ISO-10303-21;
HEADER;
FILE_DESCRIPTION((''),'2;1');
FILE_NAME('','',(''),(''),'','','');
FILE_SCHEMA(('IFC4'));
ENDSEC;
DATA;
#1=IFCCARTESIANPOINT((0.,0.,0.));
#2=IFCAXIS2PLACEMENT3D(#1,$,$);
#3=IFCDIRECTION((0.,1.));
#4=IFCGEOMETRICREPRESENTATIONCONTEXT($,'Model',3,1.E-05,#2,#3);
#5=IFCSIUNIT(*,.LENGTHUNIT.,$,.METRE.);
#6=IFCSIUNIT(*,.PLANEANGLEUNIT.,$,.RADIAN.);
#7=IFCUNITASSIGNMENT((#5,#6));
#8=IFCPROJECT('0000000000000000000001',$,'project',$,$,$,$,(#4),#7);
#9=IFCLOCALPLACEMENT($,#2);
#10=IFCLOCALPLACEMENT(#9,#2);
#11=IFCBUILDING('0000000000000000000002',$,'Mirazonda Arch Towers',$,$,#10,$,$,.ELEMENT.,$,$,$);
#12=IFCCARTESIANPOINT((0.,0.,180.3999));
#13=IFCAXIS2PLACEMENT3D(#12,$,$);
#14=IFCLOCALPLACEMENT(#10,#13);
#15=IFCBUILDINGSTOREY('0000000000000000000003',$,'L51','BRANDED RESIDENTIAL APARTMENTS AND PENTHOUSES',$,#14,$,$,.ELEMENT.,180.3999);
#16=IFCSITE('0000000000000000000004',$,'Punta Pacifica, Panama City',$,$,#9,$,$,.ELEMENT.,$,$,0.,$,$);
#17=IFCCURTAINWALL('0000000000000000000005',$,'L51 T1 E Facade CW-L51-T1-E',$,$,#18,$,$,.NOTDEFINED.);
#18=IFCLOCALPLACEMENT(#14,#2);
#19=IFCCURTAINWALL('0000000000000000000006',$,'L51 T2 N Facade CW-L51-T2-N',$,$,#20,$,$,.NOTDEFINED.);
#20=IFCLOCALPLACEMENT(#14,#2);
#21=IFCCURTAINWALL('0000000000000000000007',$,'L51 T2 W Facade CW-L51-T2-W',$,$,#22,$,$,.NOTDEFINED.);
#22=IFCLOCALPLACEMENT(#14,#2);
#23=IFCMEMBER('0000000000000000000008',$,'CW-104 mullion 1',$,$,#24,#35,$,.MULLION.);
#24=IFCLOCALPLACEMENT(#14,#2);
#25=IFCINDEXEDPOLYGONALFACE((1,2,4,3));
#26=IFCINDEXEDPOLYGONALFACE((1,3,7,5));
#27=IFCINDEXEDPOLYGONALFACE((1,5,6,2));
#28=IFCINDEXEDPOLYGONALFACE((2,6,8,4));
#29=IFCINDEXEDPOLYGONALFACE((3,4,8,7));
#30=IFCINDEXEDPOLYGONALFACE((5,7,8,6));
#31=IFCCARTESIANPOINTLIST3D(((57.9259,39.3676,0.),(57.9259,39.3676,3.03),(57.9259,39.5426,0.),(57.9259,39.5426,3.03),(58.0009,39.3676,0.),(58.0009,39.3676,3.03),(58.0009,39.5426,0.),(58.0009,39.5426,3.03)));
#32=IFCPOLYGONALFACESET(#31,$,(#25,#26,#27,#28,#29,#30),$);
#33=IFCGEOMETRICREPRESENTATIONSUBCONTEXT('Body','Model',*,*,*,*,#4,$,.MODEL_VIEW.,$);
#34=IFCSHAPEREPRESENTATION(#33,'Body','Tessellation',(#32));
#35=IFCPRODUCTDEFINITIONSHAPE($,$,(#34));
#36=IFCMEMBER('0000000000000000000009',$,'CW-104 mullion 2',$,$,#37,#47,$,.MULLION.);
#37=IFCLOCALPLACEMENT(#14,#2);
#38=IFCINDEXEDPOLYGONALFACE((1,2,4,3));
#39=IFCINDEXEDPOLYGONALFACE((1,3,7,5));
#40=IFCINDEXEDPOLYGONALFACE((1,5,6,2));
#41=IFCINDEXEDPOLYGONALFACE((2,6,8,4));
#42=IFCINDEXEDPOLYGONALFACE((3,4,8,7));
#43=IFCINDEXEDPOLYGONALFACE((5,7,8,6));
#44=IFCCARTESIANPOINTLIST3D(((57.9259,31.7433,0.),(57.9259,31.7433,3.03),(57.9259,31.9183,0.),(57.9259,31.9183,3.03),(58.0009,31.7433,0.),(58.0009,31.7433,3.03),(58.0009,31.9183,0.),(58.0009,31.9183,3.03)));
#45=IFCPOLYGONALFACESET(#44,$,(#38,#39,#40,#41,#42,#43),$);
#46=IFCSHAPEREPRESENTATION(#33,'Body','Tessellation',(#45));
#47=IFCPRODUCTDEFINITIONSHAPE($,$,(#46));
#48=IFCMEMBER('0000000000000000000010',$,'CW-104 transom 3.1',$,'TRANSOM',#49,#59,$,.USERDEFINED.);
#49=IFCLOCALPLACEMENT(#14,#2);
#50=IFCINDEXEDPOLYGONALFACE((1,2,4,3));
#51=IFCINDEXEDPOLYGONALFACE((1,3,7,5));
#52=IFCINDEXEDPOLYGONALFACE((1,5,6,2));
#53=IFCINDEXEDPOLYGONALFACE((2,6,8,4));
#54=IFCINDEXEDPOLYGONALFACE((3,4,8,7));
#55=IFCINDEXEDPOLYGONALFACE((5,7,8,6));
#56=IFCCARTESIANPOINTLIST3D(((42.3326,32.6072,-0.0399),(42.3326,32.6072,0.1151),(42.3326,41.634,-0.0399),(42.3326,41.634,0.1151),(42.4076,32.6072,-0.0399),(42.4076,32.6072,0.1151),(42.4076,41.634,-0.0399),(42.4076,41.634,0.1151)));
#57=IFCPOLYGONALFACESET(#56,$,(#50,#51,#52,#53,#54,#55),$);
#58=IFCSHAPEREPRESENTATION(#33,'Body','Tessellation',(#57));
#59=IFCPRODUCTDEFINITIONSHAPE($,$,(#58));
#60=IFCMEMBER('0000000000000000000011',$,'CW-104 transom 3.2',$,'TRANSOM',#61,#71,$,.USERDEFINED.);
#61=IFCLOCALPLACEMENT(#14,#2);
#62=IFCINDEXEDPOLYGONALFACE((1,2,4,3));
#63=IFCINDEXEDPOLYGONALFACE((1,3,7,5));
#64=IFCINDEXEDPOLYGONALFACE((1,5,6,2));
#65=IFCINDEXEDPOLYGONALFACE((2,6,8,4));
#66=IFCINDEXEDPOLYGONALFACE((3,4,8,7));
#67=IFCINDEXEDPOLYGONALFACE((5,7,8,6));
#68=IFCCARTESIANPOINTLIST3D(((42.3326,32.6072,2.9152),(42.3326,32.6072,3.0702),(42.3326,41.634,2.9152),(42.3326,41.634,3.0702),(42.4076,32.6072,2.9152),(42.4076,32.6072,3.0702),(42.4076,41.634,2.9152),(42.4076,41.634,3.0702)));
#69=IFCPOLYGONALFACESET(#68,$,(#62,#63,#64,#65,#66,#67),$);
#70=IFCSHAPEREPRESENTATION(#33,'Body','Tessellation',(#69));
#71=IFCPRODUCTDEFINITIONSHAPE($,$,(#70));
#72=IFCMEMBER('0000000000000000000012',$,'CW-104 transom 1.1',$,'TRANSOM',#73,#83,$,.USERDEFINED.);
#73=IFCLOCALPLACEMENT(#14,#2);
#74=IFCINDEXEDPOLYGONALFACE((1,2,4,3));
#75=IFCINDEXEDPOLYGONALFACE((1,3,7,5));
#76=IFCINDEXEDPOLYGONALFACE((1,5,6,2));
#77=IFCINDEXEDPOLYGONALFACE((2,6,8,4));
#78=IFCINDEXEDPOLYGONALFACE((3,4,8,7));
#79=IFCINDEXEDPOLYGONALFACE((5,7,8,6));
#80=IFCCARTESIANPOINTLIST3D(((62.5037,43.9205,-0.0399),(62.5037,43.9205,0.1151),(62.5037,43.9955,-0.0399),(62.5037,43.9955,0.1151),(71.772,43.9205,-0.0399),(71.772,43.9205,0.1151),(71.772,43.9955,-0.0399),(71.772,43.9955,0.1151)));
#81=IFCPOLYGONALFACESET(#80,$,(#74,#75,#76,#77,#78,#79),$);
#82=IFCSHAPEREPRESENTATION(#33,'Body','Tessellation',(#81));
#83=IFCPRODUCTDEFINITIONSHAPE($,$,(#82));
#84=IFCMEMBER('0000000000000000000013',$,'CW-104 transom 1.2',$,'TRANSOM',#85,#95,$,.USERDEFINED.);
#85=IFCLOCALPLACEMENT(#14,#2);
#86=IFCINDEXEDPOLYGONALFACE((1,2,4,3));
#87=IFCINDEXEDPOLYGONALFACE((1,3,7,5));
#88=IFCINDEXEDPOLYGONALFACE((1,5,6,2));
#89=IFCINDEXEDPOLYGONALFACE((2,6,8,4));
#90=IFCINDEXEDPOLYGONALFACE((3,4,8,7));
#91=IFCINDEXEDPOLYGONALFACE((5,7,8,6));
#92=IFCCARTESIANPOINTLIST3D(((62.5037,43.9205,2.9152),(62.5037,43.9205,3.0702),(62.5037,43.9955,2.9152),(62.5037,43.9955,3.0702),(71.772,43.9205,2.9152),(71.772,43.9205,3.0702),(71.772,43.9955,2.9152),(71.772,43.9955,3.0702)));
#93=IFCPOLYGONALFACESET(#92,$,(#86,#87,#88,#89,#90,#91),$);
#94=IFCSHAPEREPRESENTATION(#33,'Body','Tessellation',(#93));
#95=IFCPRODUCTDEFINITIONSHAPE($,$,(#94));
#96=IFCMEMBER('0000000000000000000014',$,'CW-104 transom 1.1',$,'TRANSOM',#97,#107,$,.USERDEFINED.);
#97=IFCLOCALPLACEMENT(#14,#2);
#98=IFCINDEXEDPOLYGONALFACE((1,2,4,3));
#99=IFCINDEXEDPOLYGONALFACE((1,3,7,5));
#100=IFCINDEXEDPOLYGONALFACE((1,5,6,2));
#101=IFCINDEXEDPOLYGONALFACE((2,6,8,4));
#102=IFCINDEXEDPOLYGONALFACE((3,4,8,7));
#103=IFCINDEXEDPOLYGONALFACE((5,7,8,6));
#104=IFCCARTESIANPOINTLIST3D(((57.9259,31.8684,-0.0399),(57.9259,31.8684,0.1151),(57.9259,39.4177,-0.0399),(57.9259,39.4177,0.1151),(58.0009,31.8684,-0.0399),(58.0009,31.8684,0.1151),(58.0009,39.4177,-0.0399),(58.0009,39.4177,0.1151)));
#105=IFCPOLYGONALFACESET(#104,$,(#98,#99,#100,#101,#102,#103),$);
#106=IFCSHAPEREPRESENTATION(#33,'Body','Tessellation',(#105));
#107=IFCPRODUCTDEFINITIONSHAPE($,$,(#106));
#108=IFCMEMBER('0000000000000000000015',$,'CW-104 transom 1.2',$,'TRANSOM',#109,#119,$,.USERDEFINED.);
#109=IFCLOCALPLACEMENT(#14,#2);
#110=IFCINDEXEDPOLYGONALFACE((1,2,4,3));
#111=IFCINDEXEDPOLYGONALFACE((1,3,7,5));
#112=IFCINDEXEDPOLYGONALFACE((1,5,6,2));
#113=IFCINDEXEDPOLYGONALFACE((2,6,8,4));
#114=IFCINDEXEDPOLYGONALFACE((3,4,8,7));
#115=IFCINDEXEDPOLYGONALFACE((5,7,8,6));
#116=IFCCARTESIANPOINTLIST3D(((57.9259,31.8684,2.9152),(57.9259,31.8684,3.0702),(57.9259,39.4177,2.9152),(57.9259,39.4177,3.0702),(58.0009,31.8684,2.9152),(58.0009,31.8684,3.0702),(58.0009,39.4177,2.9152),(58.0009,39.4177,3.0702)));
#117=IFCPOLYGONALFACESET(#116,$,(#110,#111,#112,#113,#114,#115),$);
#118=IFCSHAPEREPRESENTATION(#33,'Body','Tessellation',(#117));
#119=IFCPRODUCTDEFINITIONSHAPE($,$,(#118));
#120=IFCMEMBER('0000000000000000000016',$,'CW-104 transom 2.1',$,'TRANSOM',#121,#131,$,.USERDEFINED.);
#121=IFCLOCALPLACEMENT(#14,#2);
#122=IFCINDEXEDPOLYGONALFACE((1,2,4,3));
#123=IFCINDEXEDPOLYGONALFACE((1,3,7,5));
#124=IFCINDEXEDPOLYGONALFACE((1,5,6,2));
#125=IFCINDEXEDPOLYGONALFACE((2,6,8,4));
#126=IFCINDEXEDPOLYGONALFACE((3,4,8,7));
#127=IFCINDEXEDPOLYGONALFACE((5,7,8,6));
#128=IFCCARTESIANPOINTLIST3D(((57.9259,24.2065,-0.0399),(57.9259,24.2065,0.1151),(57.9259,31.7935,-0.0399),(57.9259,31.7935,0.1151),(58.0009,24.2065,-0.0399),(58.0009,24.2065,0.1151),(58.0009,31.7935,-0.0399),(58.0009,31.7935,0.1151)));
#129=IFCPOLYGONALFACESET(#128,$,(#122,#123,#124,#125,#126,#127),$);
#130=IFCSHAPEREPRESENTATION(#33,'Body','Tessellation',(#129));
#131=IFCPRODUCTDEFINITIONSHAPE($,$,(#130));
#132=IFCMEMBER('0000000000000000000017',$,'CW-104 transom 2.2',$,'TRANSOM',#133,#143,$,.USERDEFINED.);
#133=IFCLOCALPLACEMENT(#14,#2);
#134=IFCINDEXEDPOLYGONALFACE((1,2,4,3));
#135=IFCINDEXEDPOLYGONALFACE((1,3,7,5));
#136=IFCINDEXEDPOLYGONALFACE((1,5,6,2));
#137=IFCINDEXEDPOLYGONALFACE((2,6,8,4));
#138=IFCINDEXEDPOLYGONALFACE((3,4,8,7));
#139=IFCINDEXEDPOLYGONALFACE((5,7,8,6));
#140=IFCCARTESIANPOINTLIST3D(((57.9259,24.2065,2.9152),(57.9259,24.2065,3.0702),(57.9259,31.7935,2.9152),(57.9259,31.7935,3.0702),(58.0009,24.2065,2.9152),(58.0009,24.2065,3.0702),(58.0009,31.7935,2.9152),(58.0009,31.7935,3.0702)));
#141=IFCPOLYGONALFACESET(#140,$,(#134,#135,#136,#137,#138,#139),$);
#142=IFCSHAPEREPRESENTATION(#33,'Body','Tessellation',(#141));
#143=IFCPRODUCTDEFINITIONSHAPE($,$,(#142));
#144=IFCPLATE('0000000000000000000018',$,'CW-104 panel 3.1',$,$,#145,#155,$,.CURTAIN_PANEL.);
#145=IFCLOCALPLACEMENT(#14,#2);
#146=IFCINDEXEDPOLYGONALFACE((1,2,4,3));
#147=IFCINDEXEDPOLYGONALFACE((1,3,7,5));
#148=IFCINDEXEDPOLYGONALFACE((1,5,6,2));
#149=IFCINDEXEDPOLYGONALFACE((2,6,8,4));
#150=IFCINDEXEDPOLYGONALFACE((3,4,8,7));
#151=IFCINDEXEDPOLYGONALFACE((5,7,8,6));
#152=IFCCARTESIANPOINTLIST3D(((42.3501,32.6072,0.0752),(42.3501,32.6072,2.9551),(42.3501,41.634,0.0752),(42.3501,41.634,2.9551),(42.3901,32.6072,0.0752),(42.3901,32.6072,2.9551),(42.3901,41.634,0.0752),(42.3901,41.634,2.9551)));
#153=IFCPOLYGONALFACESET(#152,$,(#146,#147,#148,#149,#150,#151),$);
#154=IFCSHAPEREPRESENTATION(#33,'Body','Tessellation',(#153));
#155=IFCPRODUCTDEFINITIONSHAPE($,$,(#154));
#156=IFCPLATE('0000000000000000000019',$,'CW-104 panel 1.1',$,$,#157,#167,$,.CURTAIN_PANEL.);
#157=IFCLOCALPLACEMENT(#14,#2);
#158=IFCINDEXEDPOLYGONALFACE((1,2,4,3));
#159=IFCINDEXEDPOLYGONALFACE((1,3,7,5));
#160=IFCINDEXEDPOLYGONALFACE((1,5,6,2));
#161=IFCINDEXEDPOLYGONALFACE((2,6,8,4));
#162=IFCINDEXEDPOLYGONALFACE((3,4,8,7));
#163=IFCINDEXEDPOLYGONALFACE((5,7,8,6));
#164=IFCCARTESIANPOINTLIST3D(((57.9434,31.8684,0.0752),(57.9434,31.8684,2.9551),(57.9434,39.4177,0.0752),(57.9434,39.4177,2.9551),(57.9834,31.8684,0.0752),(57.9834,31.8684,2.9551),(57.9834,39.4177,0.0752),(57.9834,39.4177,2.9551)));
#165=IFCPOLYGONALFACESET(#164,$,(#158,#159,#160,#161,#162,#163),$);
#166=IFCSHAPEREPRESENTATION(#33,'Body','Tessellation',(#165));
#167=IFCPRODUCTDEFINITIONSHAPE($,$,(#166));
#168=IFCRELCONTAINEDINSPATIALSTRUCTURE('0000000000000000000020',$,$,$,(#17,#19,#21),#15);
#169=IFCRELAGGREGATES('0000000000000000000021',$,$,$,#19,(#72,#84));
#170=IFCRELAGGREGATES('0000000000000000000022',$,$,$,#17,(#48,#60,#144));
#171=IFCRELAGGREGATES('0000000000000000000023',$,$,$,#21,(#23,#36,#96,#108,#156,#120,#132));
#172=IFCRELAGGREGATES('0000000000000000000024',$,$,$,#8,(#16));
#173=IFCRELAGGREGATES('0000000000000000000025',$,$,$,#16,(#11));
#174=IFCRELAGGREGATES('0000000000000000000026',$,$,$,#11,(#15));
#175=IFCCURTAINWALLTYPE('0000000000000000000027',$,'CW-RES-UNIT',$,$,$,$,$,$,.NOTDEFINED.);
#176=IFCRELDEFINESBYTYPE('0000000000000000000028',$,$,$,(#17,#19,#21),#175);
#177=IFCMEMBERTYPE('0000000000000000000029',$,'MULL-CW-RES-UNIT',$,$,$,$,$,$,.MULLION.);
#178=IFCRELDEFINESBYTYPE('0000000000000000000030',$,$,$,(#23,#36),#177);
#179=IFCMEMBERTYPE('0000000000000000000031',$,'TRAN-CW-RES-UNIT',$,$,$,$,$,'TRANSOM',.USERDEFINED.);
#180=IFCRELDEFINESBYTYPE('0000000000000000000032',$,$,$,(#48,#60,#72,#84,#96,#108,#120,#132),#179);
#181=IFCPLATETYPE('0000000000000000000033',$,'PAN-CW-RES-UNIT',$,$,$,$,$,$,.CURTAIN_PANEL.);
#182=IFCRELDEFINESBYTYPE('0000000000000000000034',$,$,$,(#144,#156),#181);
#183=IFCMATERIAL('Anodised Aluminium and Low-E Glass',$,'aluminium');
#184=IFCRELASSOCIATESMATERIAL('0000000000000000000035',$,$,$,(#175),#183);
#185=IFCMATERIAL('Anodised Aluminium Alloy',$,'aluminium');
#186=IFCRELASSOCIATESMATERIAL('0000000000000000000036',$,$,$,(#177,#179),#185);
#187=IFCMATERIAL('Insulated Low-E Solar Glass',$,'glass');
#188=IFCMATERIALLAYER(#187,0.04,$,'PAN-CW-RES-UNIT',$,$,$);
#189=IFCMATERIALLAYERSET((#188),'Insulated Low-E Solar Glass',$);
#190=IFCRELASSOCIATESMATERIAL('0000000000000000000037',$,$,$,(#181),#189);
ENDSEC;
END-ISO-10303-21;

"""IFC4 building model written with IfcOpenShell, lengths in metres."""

from ifc_helpers import new_model, si_unit, direction, frame, origin, origin_2d, place, context, subcontext, project, spatial, rectangle, extrude, material, layer, layer_set, material_profile, profile_set, type_object, element, aggregate, save


model = new_model("IFC4")

# Units and contexts
model_context = context("Model", 3, precision=1e-05, world=origin(), true_north=direction((0.0, 1.0)))
body_context = subcontext(model_context, "Body", "Model", "MODEL_VIEW")
ifc_project = project(units=[si_unit("LENGTHUNIT", "METRE"), si_unit("PLANEANGLEUNIT", "RADIAN")], contexts=[model_context])

# Site, building, storey
site_placement = place(None, origin())
site = spatial("IfcSite", under=ifc_project, at=site_placement, Name="Punta Pacifica, Panama City", CompositionType="ELEMENT", RefElevation=0.0)
building_placement = place(site_placement, origin())
building = spatial("IfcBuilding", under=site, at=building_placement, Name="Mirazonda Arch Towers", CompositionType="ELEMENT")
storey_placement = place(building_placement, frame((0.0, 0.0, 180.3999)))
storey = spatial("IfcBuildingStorey", under=building, at=storey_placement, Name="L51", Description="BRANDED RESIDENTIAL APARTMENTS AND PENTHOUSES", CompositionType="ELEMENT", Elevation=180.3999)

# Curtain wall
ifc_material_1 = material(Name="Anodised Aluminium and Low-E Glass", Category="aluminium")
curtain_wall_type = type_object("IfcCurtainWallType", Name="CW-RES-UNIT", PredefinedType="NOTDEFINED", material=ifc_material_1)
curtain_wall_1_placement = place(storey_placement, origin())
curtain_wall_1 = element("IfcCurtainWall", 1, at=curtain_wall_1_placement, inside=storey, type_object=curtain_wall_type, Name="L51 T1 E Facade CW-L51-T1-E", PredefinedType="NOTDEFINED")
ifc_material_2 = material(Name="Anodised Aluminium Alloy", Category="aluminium")
ifc_material_profile_1 = material_profile(ifc_material_2, rectangle(XDim=0.075, YDim=0.175, at=origin_2d()), Name="ALU-MULL-75x175")
ifc_profile_set_1 = profile_set([ifc_material_profile_1], Name="Anodised Aluminium Alloy")
member_type_1 = type_object("IfcMemberType", Name="MULL-CW-RES-UNIT", PredefinedType="MULLION", material=ifc_profile_set_1)

# Curtain wall
curtain_wall_2_placement = place(storey_placement, origin())
curtain_wall_2 = element("IfcCurtainWall", 2, at=curtain_wall_2_placement, inside=storey, type_object=curtain_wall_type, Name="L51 T2 N Facade CW-L51-T2-N", PredefinedType="NOTDEFINED")

# Curtain wall, members
curtain_wall_3_placement = place(storey_placement, origin())
curtain_wall_3 = element("IfcCurtainWall", 3, at=curtain_wall_3_placement, inside=storey, type_object=curtain_wall_type, Name="L51 T2 W Facade CW-L51-T2-W", PredefinedType="NOTDEFINED")
member_1_placement = place(storey_placement, frame((57.9634, 39.4551, 0.0), z_axis=(0.0, 0.0, 1.0), x_axis=(1.0, 0.0, 0.0)))
member_1 = element("IfcMember", 4, at=member_1_placement, type_object=member_type_1, Name="CW-104 mullion 1", PredefinedType="MULLION", context=body_context, shape_type="SweptSolid", body=[
    extrude(rectangle(XDim=0.075, YDim=0.175, at=origin_2d()), origin(), (0.0, 0.0, 1.0), 3.03),
])
member_2_placement = place(storey_placement, frame((57.9634, 31.8308, 0.0), z_axis=(0.0, 0.0, 1.0), x_axis=(1.0, 0.0, 0.0)))
member_2 = element("IfcMember", 5, at=member_2_placement, type_object=member_type_1, Name="CW-104 mullion 2", PredefinedType="MULLION", context=body_context, shape_type="SweptSolid", body=[
    extrude(rectangle(XDim=0.075, YDim=0.175, at=origin_2d()), origin(), (0.0, 0.0, 1.0), 3.03),
])

# Members
ifc_material_profile_2 = material_profile(ifc_material_2, rectangle(XDim=0.075, YDim=0.155, at=origin_2d()), Name="ALU-TRAN-75x155")
ifc_profile_set_2 = profile_set([ifc_material_profile_2], Name="Anodised Aluminium Alloy")
member_type_2 = type_object("IfcMemberType", Name="TRAN-CW-RES-UNIT", ElementType="TRANSOM", PredefinedType="USERDEFINED", material=ifc_profile_set_2)
member_3_placement = place(storey_placement, frame((42.3701, 32.6072, 0.0376), z_axis=(0.0, 1.0, 0.0), x_axis=(-1.0, 0.0, 0.0)))
member_3 = element("IfcMember", 6, at=member_3_placement, type_object=member_type_2, Name="CW-104 transom 3.1", ObjectType="TRANSOM", PredefinedType="USERDEFINED", context=body_context, shape_type="SweptSolid", body=[
    extrude(rectangle(XDim=0.075, YDim=0.155, at=origin_2d()), origin(), (0.0, 0.0, 1.0), 9.0269),
])
member_4_placement = place(storey_placement, frame((42.3701, 32.6072, 2.9927), z_axis=(0.0, 1.0, 0.0), x_axis=(-1.0, 0.0, 0.0)))
member_4 = element("IfcMember", 7, at=member_4_placement, type_object=member_type_2, Name="CW-104 transom 3.2", ObjectType="TRANSOM", PredefinedType="USERDEFINED", context=body_context, shape_type="SweptSolid", body=[
    extrude(rectangle(XDim=0.075, YDim=0.155, at=origin_2d()), origin(), (0.0, 0.0, 1.0), 9.0269),
])
member_5_placement = place(storey_placement, frame((62.5037, 43.958, 0.0376), z_axis=(1.0, 0.0, 0.0), x_axis=(0.0, 1.0, 0.0)))
member_5 = element("IfcMember", 8, at=member_5_placement, type_object=member_type_2, Name="CW-104 transom 1.1", ObjectType="TRANSOM", PredefinedType="USERDEFINED", context=body_context, shape_type="SweptSolid", body=[
    extrude(rectangle(XDim=0.075, YDim=0.155, at=origin_2d()), origin(), (0.0, 0.0, 1.0), 9.2683),
])
member_6_placement = place(storey_placement, frame((62.5037, 43.958, 2.9927), z_axis=(1.0, 0.0, 0.0), x_axis=(0.0, 1.0, 0.0)))
member_6 = element("IfcMember", 9, at=member_6_placement, type_object=member_type_2, Name="CW-104 transom 1.2", ObjectType="TRANSOM", PredefinedType="USERDEFINED", context=body_context, shape_type="SweptSolid", body=[
    extrude(rectangle(XDim=0.075, YDim=0.155, at=origin_2d()), origin(), (0.0, 0.0, 1.0), 9.2683),
])
aggregate(curtain_wall_2, [member_5, member_6])
member_7_placement = place(storey_placement, frame((57.9634, 39.4177, 0.0376), z_axis=(0.0, -1.0, 0.0), x_axis=(1.0, 0.0, 0.0)))
member_7 = element("IfcMember", 10, at=member_7_placement, type_object=member_type_2, Name="CW-104 transom 1.1", ObjectType="TRANSOM", PredefinedType="USERDEFINED", context=body_context, shape_type="SweptSolid", body=[
    extrude(rectangle(XDim=0.075, YDim=0.155, at=origin_2d()), origin(), (0.0, 0.0, 1.0), 7.5493),
])
member_8_placement = place(storey_placement, frame((57.9634, 39.4177, 2.9927), z_axis=(0.0, -1.0, 0.0), x_axis=(1.0, 0.0, 0.0)))
member_8 = element("IfcMember", 11, at=member_8_placement, type_object=member_type_2, Name="CW-104 transom 1.2", ObjectType="TRANSOM", PredefinedType="USERDEFINED", context=body_context, shape_type="SweptSolid", body=[
    extrude(rectangle(XDim=0.075, YDim=0.155, at=origin_2d()), origin(), (0.0, 0.0, 1.0), 7.5493),
])
member_9_placement = place(storey_placement, frame((57.9634, 31.7935, 0.0376), z_axis=(0.0, -1.0, 0.0), x_axis=(1.0, 0.0, 0.0)))
member_9 = element("IfcMember", 12, at=member_9_placement, type_object=member_type_2, Name="CW-104 transom 2.1", ObjectType="TRANSOM", PredefinedType="USERDEFINED", context=body_context, shape_type="SweptSolid", body=[
    extrude(rectangle(XDim=0.075, YDim=0.155, at=origin_2d()), origin(), (0.0, 0.0, 1.0), 7.5869),
])
member_10_placement = place(storey_placement, frame((57.9634, 31.7935, 2.9927), z_axis=(0.0, -1.0, 0.0), x_axis=(1.0, 0.0, 0.0)))
member_10 = element("IfcMember", 13, at=member_10_placement, type_object=member_type_2, Name="CW-104 transom 2.2", ObjectType="TRANSOM", PredefinedType="USERDEFINED", context=body_context, shape_type="SweptSolid", body=[
    extrude(rectangle(XDim=0.075, YDim=0.155, at=origin_2d()), origin(), (0.0, 0.0, 1.0), 7.5869),
])

# Plates
ifc_material_3 = material(Name="Insulated Low-E Solar Glass", Category="glass")
ifc_layer_1 = layer(ifc_material_3, 0.04, Name="PAN-CW-RES-UNIT")
ifc_layer_set_1 = layer_set([ifc_layer_1], Name="Insulated Low-E Solar Glass")
plate_type = type_object("IfcPlateType", Name="PAN-CW-RES-UNIT", PredefinedType="CURTAIN_PANEL", material=ifc_layer_set_1)
plate_1_placement = place(storey_placement, frame((42.3701, 37.1206, 0.0752), z_axis=(0.0, 0.0, 1.0), x_axis=(0.0, 1.0, 0.0)))
plate_1 = element("IfcPlate", 14, at=plate_1_placement, type_object=plate_type, Name="CW-104 panel 3.1", PredefinedType="CURTAIN_PANEL", context=body_context, shape_type="SweptSolid", body=[
    extrude(rectangle(XDim=9.0269, YDim=0.04, at=origin_2d()), origin(), (0.0, 0.0, 1.0), 2.8799),
])
aggregate(curtain_wall_1, [member_3, member_4, plate_1])
plate_2_placement = place(storey_placement, frame((57.9634, 35.6431, 0.0752), z_axis=(0.0, 0.0, 1.0), x_axis=(0.0, -1.0, 0.0)))
plate_2 = element("IfcPlate", 15, at=plate_2_placement, type_object=plate_type, Name="CW-104 panel 1.1", PredefinedType="CURTAIN_PANEL", context=body_context, shape_type="SweptSolid", body=[
    extrude(rectangle(XDim=7.5493, YDim=0.04, at=origin_2d()), origin(), (0.0, 0.0, 1.0), 2.8799),
])
aggregate(curtain_wall_3, [member_1, member_2, member_7, member_8, plate_2, member_9, member_10])

save(model, "model.ifc")
